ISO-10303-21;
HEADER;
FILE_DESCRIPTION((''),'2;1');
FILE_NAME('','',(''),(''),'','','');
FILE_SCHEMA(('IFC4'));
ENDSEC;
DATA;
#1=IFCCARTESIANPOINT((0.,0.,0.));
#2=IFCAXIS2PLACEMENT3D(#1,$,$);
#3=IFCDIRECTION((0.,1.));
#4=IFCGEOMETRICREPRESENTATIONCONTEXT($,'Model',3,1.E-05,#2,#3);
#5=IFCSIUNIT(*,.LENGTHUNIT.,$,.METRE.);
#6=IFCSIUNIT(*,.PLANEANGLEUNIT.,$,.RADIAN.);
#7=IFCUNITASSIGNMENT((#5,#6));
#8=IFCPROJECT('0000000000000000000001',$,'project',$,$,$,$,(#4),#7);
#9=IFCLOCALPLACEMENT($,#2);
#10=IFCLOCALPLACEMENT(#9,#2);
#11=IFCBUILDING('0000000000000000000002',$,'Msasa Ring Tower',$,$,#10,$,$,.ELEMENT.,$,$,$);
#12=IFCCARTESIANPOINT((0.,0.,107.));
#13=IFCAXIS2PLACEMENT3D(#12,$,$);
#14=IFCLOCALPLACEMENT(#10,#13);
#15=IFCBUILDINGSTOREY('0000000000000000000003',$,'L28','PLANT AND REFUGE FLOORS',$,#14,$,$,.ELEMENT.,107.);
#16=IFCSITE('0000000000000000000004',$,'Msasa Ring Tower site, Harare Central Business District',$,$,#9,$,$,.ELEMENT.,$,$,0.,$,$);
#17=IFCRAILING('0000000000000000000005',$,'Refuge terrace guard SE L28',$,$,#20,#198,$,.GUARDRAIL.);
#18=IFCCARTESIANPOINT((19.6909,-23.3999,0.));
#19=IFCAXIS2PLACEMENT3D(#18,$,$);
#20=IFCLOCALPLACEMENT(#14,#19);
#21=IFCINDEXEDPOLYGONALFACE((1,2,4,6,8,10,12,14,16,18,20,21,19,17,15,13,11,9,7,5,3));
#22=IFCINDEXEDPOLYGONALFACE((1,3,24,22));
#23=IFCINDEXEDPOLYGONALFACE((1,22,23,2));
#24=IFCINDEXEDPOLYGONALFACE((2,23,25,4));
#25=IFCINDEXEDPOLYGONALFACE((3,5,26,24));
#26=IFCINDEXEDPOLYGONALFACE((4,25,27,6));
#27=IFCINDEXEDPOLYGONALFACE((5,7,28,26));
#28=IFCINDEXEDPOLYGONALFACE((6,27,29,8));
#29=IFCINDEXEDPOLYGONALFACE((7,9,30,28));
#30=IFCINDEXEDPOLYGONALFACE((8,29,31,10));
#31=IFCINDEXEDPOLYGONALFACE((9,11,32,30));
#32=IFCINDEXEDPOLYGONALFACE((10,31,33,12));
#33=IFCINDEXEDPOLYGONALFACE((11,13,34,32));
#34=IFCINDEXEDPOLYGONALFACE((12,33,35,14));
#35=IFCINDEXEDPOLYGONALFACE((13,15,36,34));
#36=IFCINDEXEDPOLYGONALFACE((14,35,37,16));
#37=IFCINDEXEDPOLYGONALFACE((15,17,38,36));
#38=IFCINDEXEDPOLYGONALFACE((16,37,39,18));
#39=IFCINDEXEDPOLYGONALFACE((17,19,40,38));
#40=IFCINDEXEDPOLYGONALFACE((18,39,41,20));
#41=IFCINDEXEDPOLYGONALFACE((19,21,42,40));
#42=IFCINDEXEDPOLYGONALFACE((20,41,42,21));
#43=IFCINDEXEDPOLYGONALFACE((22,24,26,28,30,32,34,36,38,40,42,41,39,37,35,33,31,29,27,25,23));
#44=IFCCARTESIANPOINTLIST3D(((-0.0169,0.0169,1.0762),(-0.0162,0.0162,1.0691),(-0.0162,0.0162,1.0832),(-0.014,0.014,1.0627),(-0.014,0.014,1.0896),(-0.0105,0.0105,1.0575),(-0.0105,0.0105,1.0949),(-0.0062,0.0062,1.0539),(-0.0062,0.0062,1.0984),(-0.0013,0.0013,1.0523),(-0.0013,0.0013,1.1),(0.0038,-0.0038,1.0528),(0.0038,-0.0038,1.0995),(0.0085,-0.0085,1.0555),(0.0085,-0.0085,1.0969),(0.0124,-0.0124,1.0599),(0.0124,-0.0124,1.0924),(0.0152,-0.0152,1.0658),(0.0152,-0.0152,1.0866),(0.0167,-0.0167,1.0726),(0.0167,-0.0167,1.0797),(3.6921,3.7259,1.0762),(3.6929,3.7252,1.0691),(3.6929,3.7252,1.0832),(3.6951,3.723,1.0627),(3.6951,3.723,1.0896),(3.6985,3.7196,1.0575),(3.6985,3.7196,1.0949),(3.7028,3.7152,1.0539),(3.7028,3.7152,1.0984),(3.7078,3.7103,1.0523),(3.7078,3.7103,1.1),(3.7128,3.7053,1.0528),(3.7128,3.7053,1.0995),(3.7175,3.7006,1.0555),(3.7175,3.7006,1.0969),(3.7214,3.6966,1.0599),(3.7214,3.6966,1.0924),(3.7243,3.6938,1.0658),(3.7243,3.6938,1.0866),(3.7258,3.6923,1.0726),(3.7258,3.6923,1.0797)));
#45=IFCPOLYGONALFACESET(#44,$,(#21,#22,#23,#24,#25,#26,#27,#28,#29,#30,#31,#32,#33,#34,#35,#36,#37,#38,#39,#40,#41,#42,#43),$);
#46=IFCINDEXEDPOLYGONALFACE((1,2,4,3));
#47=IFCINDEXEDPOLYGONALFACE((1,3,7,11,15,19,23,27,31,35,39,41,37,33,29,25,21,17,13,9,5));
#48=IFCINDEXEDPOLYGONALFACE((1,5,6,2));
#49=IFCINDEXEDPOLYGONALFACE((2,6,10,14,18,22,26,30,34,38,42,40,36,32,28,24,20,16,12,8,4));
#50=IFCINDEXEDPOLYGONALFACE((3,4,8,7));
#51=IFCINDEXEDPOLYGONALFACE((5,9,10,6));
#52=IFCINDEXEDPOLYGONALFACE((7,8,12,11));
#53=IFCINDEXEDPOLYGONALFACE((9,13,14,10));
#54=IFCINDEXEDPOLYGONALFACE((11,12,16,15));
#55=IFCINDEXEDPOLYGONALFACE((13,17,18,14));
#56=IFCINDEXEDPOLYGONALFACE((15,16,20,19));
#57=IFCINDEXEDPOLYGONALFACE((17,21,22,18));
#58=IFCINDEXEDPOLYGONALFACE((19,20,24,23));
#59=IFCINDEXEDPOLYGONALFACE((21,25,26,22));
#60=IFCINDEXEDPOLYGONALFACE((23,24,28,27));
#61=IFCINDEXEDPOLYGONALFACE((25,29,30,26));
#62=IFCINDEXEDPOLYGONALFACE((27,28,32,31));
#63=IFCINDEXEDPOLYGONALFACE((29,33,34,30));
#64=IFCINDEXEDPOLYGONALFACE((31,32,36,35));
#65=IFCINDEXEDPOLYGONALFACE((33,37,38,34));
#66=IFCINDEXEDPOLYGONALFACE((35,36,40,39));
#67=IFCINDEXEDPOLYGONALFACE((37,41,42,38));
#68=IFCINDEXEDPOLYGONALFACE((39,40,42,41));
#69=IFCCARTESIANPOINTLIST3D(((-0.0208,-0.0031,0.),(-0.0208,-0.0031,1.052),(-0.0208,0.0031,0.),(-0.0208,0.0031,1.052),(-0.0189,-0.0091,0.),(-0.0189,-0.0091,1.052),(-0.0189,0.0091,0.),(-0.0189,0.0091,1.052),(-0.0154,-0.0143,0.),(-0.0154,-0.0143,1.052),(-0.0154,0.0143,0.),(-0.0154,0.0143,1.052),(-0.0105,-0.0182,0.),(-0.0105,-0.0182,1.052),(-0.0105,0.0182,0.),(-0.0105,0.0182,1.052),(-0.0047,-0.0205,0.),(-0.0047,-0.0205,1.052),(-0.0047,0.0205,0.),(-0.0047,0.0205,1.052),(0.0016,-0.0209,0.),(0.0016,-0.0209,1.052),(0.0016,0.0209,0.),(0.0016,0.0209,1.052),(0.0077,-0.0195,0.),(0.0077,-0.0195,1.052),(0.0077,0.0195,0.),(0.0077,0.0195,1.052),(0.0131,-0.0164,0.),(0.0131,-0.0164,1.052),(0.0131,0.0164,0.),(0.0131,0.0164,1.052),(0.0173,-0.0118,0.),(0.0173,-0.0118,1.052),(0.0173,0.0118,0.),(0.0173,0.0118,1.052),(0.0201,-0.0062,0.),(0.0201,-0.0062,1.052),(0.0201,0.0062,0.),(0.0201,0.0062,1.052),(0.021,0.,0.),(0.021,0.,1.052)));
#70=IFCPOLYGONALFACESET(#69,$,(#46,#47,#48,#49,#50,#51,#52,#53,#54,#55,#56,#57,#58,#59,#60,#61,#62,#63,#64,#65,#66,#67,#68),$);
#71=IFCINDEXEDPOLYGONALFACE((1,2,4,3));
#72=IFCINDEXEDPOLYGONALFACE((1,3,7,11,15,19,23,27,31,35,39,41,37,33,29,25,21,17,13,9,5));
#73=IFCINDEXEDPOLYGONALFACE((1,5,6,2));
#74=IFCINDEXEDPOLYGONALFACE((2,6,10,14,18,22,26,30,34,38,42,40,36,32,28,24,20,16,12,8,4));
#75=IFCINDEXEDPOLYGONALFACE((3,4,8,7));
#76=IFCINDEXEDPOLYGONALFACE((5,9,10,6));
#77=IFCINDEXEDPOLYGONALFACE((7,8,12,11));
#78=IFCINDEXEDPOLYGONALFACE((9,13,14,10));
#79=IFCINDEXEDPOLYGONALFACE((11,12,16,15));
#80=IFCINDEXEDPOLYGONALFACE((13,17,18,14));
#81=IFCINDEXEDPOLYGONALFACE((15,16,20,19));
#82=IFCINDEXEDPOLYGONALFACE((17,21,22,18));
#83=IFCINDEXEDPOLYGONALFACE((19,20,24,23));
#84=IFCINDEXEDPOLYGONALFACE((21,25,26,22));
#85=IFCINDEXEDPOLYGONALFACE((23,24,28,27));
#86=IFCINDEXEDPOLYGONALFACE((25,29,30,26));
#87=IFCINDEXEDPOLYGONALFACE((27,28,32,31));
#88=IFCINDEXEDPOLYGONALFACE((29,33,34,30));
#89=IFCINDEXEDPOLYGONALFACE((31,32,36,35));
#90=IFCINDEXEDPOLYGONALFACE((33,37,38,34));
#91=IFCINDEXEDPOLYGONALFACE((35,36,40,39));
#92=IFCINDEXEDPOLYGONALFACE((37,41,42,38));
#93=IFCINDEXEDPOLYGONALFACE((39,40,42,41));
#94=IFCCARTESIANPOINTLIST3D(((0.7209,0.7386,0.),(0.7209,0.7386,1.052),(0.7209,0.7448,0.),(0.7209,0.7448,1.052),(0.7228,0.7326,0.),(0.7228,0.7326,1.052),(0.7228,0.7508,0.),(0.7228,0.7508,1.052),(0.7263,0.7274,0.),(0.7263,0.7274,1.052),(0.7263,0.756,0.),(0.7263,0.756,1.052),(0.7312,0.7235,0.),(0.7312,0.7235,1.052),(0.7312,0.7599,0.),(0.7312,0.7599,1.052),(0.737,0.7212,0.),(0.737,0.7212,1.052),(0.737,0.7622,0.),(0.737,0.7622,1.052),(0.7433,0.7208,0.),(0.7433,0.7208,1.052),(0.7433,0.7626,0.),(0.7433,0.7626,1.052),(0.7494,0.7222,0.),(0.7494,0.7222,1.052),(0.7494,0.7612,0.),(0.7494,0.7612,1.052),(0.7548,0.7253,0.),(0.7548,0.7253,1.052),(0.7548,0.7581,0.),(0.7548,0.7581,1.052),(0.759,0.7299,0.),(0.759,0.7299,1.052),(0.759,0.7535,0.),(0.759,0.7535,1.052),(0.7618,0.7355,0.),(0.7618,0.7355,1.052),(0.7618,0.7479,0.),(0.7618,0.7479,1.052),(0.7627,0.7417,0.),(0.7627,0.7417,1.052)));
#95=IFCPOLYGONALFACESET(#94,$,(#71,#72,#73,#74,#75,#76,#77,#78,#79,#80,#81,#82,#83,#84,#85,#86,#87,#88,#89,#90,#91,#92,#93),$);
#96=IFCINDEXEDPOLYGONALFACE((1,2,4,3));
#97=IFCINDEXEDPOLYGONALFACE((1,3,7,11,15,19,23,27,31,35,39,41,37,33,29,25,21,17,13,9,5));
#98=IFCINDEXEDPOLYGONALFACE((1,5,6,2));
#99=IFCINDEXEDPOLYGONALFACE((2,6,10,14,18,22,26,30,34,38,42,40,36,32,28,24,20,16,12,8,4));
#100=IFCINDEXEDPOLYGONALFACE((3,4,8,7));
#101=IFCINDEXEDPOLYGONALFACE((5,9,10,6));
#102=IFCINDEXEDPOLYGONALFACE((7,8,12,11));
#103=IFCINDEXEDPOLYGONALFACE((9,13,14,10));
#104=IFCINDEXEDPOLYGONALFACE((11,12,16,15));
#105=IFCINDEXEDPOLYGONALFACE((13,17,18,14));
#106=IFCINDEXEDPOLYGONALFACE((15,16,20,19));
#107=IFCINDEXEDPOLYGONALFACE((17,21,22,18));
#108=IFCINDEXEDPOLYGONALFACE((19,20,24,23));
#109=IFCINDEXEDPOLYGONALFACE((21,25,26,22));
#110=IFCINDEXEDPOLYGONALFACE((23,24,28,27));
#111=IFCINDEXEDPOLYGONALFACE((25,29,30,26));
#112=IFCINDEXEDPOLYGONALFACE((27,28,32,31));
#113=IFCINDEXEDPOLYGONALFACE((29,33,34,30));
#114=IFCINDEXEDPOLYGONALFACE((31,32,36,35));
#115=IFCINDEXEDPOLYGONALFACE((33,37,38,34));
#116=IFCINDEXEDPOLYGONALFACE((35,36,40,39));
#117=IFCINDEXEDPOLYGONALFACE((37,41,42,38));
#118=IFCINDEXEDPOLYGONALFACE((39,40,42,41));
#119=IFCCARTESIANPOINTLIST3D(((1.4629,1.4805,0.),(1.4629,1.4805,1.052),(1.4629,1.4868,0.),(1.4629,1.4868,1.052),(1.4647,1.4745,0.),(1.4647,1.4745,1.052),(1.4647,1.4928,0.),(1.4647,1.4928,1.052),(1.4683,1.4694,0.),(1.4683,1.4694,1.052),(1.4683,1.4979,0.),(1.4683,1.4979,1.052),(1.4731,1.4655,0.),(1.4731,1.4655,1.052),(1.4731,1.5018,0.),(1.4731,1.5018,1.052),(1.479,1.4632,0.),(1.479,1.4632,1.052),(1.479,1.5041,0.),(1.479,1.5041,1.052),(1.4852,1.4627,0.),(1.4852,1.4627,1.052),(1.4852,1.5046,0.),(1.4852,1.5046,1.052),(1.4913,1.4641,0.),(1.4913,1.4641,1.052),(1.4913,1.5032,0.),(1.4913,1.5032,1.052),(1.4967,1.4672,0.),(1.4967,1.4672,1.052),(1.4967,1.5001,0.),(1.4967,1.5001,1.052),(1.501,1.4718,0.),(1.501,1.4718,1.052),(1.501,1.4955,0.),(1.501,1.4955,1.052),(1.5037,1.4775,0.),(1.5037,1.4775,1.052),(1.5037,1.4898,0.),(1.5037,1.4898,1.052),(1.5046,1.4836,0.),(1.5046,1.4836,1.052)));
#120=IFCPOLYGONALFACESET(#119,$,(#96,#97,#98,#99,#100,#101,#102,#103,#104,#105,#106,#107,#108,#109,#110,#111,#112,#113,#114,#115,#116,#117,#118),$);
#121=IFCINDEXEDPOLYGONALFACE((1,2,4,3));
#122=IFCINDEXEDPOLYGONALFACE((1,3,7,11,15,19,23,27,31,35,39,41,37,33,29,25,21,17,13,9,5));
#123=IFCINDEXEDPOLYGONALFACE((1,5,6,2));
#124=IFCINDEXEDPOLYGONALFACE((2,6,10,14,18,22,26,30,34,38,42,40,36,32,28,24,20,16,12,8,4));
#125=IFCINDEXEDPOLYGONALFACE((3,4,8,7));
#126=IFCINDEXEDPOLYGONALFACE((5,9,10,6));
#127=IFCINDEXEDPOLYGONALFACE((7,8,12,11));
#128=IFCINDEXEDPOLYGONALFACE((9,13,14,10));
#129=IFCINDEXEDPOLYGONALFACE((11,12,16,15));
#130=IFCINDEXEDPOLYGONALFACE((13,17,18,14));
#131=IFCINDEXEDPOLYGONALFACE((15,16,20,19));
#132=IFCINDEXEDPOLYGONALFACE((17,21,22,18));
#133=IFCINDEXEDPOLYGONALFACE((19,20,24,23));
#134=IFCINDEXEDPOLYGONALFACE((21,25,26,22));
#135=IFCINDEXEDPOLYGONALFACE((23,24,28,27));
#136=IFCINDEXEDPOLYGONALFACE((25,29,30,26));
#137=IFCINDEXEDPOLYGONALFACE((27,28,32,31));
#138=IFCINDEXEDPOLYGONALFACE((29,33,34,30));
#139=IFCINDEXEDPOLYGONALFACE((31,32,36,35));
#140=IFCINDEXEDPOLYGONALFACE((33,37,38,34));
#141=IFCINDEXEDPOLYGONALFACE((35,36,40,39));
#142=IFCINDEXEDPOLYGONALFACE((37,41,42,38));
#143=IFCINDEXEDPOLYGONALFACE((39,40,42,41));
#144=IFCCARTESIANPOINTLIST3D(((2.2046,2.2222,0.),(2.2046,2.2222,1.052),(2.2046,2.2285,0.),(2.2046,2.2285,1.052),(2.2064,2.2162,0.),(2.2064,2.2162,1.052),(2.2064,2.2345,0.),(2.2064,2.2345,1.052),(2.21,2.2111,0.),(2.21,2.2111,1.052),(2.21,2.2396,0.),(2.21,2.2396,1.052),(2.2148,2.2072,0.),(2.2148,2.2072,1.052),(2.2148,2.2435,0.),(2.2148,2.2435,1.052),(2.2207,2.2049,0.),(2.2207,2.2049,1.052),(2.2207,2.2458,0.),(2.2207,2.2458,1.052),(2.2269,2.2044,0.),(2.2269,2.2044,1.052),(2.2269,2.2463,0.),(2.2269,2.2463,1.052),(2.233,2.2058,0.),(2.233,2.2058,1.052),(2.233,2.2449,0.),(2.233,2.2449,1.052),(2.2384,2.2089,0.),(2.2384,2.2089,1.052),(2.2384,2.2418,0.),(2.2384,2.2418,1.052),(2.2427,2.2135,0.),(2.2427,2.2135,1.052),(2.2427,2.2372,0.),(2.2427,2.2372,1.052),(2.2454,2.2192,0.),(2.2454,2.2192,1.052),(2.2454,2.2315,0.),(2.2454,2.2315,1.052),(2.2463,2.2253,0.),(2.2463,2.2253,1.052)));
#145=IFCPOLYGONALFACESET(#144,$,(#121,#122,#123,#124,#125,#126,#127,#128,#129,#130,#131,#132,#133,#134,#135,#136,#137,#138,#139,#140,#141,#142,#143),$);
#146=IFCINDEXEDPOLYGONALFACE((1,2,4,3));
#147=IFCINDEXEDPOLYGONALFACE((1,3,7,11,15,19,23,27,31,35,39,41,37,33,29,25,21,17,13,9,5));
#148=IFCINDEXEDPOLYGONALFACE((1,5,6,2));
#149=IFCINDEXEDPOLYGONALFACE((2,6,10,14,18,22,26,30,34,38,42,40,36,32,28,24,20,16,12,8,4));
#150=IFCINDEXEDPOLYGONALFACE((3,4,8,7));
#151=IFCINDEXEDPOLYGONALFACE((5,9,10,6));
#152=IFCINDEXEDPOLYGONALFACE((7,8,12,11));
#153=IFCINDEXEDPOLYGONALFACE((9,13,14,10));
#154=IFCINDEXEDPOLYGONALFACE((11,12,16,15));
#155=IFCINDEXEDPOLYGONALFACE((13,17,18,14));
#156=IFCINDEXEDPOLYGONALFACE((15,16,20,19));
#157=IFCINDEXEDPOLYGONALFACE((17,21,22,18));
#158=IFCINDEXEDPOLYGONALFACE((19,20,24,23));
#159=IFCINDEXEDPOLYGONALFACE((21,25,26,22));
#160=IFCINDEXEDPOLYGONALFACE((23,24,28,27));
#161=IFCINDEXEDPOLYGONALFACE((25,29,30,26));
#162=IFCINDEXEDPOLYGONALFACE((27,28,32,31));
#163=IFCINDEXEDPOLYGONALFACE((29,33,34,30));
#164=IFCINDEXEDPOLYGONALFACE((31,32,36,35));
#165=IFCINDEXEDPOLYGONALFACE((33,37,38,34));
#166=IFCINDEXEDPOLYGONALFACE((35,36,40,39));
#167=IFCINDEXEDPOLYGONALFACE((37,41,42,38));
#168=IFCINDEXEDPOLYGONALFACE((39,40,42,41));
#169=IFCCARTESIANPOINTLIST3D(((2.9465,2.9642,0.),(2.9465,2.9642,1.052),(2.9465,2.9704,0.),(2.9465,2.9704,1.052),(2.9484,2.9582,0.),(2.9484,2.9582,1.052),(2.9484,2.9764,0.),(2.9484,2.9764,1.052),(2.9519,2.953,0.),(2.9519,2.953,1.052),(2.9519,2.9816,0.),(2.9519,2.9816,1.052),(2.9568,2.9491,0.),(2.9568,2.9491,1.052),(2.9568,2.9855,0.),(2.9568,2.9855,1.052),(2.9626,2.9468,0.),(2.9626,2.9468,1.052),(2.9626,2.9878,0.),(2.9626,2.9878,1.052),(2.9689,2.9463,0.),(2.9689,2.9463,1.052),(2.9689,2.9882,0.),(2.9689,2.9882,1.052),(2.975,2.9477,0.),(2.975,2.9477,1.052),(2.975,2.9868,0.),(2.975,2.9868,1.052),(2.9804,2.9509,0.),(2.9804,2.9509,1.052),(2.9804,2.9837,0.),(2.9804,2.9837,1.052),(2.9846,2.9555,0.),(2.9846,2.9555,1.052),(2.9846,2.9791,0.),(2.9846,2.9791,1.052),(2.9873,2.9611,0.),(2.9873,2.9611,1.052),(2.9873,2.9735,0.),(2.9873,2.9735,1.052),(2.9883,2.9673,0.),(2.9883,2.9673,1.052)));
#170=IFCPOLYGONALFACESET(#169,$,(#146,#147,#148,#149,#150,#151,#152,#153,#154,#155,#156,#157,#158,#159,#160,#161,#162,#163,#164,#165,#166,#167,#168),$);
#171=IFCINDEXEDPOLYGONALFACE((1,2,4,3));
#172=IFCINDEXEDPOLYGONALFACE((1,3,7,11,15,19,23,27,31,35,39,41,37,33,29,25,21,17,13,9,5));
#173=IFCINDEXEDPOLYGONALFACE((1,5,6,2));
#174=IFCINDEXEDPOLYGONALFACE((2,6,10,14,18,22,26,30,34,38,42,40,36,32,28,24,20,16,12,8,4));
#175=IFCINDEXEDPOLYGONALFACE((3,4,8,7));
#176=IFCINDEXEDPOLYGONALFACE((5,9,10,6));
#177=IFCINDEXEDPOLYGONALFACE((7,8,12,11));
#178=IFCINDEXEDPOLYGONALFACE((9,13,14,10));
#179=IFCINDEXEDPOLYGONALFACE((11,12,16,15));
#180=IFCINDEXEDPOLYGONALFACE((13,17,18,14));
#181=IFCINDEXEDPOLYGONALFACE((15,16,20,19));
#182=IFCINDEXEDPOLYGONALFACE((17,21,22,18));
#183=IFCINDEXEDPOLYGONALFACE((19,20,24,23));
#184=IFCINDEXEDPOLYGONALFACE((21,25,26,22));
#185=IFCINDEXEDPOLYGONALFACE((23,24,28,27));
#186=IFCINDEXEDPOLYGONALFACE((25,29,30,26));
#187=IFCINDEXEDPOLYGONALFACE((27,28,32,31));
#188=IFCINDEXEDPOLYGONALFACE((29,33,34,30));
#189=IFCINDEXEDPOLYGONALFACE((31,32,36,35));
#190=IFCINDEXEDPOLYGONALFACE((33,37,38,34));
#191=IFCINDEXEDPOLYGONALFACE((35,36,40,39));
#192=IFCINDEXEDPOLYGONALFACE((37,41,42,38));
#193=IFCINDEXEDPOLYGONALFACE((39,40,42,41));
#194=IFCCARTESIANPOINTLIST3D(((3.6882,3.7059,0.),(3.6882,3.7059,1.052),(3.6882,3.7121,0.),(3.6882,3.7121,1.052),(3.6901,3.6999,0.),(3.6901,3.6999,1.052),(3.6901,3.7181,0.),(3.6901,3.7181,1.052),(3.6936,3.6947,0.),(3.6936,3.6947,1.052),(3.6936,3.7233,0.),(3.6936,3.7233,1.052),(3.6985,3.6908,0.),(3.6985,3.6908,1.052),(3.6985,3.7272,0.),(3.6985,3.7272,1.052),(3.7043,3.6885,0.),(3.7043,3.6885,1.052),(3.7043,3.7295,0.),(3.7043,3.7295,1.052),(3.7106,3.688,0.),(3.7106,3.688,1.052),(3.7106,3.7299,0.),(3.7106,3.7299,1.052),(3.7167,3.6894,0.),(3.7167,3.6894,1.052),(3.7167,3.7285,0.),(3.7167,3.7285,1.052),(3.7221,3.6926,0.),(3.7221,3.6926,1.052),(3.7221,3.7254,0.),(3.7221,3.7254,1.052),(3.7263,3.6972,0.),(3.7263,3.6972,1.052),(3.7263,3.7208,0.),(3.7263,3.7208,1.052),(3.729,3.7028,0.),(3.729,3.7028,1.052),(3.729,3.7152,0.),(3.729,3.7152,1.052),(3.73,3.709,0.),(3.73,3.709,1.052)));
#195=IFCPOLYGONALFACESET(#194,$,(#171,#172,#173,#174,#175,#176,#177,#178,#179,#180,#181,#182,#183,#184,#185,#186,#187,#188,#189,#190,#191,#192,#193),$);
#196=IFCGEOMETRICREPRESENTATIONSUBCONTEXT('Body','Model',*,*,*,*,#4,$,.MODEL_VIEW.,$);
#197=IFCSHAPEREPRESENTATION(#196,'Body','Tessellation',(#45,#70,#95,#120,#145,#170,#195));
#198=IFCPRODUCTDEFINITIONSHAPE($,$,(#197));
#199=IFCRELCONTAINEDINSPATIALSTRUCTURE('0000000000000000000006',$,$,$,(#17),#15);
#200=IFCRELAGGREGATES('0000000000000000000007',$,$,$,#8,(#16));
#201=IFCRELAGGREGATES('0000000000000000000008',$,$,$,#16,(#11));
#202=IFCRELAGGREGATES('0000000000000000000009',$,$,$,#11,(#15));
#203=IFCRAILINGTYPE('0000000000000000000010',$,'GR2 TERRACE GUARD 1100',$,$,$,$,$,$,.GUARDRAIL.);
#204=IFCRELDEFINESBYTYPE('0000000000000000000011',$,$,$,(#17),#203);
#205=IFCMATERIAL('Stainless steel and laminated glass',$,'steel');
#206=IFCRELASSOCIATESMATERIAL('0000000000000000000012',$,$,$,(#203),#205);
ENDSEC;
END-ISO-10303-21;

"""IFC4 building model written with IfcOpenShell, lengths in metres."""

from ifc_helpers import new_model, si_unit, direction, frame, origin, origin_2d, place, context, subcontext, project, spatial, circle, extrude, material, type_object, element, save


model = new_model("IFC4")

# Units and contexts
model_context = context("Model", 3, precision=1e-05, world=origin(), true_north=direction((0.0, 1.0)))
body_context = subcontext(model_context, "Body", "Model", "MODEL_VIEW")
ifc_project = project(units=[si_unit("LENGTHUNIT", "METRE"), si_unit("PLANEANGLEUNIT", "RADIAN")], contexts=[model_context])

# Site, building, storey
site_placement = place(None, origin())
site = spatial("IfcSite", under=ifc_project, at=site_placement, Name="Msasa Ring Tower site, Harare Central Business District", CompositionType="ELEMENT", RefElevation=0.0)
building_placement = place(site_placement, origin())
building = spatial("IfcBuilding", under=site, at=building_placement, Name="Msasa Ring Tower", CompositionType="ELEMENT")
storey_placement = place(building_placement, frame((0.0, 0.0, 107.0)))
storey = spatial("IfcBuildingStorey", under=building, at=storey_placement, Name="L28", Description="PLANT AND REFUGE FLOORS", CompositionType="ELEMENT", Elevation=107.0)

# Railing
ifc_material_1 = material(Name="Stainless steel and laminated glass", Category="steel")
railing_type = type_object("IfcRailingType", Name="GR2 TERRACE GUARD 1100", PredefinedType="GUARDRAIL", material=ifc_material_1)
railing_1_placement = place(storey_placement, frame((19.6909, -23.3999, 0.0)))
element("IfcRailing", 1, at=railing_1_placement, inside=storey, type_object=railing_type, Name="Refuge terrace guard SE L28", PredefinedType="GUARDRAIL", context=body_context, shape_type="SweptSolid", body=[
    extrude(circle(Radius=0.0239, at=origin_2d()), frame((0.0, 0.0, 1.0762), z_axis=(0.707107, 0.707107, 0.0), x_axis=(-0.707107, 0.707107, 0.0)), (0.0, 0.0, 1.0), 5.2454),
    extrude(circle(Radius=0.021, at=origin_2d()), origin(), (0.0, 0.0, 1.0), 1.052),
    extrude(circle(Radius=0.021, at=origin_2d()), frame((0.7417, 0.7417, 0.0)), (0.0, 0.0, 1.0), 1.052),
    extrude(circle(Radius=0.021, at=origin_2d()), frame((1.4836, 1.4836, 0.0)), (0.0, 0.0, 1.0), 1.052),
    extrude(circle(Radius=0.021, at=origin_2d()), frame((2.2253, 2.2253, 0.0)), (0.0, 0.0, 1.0), 1.052),
    extrude(circle(Radius=0.021, at=origin_2d()), frame((2.9673, 2.9673, 0.0)), (0.0, 0.0, 1.0), 1.052),
    extrude(circle(Radius=0.021, at=origin_2d()), frame((3.709, 3.709, 0.0)), (0.0, 0.0, 1.0), 1.052),
])

save(model, "model.ifc")
